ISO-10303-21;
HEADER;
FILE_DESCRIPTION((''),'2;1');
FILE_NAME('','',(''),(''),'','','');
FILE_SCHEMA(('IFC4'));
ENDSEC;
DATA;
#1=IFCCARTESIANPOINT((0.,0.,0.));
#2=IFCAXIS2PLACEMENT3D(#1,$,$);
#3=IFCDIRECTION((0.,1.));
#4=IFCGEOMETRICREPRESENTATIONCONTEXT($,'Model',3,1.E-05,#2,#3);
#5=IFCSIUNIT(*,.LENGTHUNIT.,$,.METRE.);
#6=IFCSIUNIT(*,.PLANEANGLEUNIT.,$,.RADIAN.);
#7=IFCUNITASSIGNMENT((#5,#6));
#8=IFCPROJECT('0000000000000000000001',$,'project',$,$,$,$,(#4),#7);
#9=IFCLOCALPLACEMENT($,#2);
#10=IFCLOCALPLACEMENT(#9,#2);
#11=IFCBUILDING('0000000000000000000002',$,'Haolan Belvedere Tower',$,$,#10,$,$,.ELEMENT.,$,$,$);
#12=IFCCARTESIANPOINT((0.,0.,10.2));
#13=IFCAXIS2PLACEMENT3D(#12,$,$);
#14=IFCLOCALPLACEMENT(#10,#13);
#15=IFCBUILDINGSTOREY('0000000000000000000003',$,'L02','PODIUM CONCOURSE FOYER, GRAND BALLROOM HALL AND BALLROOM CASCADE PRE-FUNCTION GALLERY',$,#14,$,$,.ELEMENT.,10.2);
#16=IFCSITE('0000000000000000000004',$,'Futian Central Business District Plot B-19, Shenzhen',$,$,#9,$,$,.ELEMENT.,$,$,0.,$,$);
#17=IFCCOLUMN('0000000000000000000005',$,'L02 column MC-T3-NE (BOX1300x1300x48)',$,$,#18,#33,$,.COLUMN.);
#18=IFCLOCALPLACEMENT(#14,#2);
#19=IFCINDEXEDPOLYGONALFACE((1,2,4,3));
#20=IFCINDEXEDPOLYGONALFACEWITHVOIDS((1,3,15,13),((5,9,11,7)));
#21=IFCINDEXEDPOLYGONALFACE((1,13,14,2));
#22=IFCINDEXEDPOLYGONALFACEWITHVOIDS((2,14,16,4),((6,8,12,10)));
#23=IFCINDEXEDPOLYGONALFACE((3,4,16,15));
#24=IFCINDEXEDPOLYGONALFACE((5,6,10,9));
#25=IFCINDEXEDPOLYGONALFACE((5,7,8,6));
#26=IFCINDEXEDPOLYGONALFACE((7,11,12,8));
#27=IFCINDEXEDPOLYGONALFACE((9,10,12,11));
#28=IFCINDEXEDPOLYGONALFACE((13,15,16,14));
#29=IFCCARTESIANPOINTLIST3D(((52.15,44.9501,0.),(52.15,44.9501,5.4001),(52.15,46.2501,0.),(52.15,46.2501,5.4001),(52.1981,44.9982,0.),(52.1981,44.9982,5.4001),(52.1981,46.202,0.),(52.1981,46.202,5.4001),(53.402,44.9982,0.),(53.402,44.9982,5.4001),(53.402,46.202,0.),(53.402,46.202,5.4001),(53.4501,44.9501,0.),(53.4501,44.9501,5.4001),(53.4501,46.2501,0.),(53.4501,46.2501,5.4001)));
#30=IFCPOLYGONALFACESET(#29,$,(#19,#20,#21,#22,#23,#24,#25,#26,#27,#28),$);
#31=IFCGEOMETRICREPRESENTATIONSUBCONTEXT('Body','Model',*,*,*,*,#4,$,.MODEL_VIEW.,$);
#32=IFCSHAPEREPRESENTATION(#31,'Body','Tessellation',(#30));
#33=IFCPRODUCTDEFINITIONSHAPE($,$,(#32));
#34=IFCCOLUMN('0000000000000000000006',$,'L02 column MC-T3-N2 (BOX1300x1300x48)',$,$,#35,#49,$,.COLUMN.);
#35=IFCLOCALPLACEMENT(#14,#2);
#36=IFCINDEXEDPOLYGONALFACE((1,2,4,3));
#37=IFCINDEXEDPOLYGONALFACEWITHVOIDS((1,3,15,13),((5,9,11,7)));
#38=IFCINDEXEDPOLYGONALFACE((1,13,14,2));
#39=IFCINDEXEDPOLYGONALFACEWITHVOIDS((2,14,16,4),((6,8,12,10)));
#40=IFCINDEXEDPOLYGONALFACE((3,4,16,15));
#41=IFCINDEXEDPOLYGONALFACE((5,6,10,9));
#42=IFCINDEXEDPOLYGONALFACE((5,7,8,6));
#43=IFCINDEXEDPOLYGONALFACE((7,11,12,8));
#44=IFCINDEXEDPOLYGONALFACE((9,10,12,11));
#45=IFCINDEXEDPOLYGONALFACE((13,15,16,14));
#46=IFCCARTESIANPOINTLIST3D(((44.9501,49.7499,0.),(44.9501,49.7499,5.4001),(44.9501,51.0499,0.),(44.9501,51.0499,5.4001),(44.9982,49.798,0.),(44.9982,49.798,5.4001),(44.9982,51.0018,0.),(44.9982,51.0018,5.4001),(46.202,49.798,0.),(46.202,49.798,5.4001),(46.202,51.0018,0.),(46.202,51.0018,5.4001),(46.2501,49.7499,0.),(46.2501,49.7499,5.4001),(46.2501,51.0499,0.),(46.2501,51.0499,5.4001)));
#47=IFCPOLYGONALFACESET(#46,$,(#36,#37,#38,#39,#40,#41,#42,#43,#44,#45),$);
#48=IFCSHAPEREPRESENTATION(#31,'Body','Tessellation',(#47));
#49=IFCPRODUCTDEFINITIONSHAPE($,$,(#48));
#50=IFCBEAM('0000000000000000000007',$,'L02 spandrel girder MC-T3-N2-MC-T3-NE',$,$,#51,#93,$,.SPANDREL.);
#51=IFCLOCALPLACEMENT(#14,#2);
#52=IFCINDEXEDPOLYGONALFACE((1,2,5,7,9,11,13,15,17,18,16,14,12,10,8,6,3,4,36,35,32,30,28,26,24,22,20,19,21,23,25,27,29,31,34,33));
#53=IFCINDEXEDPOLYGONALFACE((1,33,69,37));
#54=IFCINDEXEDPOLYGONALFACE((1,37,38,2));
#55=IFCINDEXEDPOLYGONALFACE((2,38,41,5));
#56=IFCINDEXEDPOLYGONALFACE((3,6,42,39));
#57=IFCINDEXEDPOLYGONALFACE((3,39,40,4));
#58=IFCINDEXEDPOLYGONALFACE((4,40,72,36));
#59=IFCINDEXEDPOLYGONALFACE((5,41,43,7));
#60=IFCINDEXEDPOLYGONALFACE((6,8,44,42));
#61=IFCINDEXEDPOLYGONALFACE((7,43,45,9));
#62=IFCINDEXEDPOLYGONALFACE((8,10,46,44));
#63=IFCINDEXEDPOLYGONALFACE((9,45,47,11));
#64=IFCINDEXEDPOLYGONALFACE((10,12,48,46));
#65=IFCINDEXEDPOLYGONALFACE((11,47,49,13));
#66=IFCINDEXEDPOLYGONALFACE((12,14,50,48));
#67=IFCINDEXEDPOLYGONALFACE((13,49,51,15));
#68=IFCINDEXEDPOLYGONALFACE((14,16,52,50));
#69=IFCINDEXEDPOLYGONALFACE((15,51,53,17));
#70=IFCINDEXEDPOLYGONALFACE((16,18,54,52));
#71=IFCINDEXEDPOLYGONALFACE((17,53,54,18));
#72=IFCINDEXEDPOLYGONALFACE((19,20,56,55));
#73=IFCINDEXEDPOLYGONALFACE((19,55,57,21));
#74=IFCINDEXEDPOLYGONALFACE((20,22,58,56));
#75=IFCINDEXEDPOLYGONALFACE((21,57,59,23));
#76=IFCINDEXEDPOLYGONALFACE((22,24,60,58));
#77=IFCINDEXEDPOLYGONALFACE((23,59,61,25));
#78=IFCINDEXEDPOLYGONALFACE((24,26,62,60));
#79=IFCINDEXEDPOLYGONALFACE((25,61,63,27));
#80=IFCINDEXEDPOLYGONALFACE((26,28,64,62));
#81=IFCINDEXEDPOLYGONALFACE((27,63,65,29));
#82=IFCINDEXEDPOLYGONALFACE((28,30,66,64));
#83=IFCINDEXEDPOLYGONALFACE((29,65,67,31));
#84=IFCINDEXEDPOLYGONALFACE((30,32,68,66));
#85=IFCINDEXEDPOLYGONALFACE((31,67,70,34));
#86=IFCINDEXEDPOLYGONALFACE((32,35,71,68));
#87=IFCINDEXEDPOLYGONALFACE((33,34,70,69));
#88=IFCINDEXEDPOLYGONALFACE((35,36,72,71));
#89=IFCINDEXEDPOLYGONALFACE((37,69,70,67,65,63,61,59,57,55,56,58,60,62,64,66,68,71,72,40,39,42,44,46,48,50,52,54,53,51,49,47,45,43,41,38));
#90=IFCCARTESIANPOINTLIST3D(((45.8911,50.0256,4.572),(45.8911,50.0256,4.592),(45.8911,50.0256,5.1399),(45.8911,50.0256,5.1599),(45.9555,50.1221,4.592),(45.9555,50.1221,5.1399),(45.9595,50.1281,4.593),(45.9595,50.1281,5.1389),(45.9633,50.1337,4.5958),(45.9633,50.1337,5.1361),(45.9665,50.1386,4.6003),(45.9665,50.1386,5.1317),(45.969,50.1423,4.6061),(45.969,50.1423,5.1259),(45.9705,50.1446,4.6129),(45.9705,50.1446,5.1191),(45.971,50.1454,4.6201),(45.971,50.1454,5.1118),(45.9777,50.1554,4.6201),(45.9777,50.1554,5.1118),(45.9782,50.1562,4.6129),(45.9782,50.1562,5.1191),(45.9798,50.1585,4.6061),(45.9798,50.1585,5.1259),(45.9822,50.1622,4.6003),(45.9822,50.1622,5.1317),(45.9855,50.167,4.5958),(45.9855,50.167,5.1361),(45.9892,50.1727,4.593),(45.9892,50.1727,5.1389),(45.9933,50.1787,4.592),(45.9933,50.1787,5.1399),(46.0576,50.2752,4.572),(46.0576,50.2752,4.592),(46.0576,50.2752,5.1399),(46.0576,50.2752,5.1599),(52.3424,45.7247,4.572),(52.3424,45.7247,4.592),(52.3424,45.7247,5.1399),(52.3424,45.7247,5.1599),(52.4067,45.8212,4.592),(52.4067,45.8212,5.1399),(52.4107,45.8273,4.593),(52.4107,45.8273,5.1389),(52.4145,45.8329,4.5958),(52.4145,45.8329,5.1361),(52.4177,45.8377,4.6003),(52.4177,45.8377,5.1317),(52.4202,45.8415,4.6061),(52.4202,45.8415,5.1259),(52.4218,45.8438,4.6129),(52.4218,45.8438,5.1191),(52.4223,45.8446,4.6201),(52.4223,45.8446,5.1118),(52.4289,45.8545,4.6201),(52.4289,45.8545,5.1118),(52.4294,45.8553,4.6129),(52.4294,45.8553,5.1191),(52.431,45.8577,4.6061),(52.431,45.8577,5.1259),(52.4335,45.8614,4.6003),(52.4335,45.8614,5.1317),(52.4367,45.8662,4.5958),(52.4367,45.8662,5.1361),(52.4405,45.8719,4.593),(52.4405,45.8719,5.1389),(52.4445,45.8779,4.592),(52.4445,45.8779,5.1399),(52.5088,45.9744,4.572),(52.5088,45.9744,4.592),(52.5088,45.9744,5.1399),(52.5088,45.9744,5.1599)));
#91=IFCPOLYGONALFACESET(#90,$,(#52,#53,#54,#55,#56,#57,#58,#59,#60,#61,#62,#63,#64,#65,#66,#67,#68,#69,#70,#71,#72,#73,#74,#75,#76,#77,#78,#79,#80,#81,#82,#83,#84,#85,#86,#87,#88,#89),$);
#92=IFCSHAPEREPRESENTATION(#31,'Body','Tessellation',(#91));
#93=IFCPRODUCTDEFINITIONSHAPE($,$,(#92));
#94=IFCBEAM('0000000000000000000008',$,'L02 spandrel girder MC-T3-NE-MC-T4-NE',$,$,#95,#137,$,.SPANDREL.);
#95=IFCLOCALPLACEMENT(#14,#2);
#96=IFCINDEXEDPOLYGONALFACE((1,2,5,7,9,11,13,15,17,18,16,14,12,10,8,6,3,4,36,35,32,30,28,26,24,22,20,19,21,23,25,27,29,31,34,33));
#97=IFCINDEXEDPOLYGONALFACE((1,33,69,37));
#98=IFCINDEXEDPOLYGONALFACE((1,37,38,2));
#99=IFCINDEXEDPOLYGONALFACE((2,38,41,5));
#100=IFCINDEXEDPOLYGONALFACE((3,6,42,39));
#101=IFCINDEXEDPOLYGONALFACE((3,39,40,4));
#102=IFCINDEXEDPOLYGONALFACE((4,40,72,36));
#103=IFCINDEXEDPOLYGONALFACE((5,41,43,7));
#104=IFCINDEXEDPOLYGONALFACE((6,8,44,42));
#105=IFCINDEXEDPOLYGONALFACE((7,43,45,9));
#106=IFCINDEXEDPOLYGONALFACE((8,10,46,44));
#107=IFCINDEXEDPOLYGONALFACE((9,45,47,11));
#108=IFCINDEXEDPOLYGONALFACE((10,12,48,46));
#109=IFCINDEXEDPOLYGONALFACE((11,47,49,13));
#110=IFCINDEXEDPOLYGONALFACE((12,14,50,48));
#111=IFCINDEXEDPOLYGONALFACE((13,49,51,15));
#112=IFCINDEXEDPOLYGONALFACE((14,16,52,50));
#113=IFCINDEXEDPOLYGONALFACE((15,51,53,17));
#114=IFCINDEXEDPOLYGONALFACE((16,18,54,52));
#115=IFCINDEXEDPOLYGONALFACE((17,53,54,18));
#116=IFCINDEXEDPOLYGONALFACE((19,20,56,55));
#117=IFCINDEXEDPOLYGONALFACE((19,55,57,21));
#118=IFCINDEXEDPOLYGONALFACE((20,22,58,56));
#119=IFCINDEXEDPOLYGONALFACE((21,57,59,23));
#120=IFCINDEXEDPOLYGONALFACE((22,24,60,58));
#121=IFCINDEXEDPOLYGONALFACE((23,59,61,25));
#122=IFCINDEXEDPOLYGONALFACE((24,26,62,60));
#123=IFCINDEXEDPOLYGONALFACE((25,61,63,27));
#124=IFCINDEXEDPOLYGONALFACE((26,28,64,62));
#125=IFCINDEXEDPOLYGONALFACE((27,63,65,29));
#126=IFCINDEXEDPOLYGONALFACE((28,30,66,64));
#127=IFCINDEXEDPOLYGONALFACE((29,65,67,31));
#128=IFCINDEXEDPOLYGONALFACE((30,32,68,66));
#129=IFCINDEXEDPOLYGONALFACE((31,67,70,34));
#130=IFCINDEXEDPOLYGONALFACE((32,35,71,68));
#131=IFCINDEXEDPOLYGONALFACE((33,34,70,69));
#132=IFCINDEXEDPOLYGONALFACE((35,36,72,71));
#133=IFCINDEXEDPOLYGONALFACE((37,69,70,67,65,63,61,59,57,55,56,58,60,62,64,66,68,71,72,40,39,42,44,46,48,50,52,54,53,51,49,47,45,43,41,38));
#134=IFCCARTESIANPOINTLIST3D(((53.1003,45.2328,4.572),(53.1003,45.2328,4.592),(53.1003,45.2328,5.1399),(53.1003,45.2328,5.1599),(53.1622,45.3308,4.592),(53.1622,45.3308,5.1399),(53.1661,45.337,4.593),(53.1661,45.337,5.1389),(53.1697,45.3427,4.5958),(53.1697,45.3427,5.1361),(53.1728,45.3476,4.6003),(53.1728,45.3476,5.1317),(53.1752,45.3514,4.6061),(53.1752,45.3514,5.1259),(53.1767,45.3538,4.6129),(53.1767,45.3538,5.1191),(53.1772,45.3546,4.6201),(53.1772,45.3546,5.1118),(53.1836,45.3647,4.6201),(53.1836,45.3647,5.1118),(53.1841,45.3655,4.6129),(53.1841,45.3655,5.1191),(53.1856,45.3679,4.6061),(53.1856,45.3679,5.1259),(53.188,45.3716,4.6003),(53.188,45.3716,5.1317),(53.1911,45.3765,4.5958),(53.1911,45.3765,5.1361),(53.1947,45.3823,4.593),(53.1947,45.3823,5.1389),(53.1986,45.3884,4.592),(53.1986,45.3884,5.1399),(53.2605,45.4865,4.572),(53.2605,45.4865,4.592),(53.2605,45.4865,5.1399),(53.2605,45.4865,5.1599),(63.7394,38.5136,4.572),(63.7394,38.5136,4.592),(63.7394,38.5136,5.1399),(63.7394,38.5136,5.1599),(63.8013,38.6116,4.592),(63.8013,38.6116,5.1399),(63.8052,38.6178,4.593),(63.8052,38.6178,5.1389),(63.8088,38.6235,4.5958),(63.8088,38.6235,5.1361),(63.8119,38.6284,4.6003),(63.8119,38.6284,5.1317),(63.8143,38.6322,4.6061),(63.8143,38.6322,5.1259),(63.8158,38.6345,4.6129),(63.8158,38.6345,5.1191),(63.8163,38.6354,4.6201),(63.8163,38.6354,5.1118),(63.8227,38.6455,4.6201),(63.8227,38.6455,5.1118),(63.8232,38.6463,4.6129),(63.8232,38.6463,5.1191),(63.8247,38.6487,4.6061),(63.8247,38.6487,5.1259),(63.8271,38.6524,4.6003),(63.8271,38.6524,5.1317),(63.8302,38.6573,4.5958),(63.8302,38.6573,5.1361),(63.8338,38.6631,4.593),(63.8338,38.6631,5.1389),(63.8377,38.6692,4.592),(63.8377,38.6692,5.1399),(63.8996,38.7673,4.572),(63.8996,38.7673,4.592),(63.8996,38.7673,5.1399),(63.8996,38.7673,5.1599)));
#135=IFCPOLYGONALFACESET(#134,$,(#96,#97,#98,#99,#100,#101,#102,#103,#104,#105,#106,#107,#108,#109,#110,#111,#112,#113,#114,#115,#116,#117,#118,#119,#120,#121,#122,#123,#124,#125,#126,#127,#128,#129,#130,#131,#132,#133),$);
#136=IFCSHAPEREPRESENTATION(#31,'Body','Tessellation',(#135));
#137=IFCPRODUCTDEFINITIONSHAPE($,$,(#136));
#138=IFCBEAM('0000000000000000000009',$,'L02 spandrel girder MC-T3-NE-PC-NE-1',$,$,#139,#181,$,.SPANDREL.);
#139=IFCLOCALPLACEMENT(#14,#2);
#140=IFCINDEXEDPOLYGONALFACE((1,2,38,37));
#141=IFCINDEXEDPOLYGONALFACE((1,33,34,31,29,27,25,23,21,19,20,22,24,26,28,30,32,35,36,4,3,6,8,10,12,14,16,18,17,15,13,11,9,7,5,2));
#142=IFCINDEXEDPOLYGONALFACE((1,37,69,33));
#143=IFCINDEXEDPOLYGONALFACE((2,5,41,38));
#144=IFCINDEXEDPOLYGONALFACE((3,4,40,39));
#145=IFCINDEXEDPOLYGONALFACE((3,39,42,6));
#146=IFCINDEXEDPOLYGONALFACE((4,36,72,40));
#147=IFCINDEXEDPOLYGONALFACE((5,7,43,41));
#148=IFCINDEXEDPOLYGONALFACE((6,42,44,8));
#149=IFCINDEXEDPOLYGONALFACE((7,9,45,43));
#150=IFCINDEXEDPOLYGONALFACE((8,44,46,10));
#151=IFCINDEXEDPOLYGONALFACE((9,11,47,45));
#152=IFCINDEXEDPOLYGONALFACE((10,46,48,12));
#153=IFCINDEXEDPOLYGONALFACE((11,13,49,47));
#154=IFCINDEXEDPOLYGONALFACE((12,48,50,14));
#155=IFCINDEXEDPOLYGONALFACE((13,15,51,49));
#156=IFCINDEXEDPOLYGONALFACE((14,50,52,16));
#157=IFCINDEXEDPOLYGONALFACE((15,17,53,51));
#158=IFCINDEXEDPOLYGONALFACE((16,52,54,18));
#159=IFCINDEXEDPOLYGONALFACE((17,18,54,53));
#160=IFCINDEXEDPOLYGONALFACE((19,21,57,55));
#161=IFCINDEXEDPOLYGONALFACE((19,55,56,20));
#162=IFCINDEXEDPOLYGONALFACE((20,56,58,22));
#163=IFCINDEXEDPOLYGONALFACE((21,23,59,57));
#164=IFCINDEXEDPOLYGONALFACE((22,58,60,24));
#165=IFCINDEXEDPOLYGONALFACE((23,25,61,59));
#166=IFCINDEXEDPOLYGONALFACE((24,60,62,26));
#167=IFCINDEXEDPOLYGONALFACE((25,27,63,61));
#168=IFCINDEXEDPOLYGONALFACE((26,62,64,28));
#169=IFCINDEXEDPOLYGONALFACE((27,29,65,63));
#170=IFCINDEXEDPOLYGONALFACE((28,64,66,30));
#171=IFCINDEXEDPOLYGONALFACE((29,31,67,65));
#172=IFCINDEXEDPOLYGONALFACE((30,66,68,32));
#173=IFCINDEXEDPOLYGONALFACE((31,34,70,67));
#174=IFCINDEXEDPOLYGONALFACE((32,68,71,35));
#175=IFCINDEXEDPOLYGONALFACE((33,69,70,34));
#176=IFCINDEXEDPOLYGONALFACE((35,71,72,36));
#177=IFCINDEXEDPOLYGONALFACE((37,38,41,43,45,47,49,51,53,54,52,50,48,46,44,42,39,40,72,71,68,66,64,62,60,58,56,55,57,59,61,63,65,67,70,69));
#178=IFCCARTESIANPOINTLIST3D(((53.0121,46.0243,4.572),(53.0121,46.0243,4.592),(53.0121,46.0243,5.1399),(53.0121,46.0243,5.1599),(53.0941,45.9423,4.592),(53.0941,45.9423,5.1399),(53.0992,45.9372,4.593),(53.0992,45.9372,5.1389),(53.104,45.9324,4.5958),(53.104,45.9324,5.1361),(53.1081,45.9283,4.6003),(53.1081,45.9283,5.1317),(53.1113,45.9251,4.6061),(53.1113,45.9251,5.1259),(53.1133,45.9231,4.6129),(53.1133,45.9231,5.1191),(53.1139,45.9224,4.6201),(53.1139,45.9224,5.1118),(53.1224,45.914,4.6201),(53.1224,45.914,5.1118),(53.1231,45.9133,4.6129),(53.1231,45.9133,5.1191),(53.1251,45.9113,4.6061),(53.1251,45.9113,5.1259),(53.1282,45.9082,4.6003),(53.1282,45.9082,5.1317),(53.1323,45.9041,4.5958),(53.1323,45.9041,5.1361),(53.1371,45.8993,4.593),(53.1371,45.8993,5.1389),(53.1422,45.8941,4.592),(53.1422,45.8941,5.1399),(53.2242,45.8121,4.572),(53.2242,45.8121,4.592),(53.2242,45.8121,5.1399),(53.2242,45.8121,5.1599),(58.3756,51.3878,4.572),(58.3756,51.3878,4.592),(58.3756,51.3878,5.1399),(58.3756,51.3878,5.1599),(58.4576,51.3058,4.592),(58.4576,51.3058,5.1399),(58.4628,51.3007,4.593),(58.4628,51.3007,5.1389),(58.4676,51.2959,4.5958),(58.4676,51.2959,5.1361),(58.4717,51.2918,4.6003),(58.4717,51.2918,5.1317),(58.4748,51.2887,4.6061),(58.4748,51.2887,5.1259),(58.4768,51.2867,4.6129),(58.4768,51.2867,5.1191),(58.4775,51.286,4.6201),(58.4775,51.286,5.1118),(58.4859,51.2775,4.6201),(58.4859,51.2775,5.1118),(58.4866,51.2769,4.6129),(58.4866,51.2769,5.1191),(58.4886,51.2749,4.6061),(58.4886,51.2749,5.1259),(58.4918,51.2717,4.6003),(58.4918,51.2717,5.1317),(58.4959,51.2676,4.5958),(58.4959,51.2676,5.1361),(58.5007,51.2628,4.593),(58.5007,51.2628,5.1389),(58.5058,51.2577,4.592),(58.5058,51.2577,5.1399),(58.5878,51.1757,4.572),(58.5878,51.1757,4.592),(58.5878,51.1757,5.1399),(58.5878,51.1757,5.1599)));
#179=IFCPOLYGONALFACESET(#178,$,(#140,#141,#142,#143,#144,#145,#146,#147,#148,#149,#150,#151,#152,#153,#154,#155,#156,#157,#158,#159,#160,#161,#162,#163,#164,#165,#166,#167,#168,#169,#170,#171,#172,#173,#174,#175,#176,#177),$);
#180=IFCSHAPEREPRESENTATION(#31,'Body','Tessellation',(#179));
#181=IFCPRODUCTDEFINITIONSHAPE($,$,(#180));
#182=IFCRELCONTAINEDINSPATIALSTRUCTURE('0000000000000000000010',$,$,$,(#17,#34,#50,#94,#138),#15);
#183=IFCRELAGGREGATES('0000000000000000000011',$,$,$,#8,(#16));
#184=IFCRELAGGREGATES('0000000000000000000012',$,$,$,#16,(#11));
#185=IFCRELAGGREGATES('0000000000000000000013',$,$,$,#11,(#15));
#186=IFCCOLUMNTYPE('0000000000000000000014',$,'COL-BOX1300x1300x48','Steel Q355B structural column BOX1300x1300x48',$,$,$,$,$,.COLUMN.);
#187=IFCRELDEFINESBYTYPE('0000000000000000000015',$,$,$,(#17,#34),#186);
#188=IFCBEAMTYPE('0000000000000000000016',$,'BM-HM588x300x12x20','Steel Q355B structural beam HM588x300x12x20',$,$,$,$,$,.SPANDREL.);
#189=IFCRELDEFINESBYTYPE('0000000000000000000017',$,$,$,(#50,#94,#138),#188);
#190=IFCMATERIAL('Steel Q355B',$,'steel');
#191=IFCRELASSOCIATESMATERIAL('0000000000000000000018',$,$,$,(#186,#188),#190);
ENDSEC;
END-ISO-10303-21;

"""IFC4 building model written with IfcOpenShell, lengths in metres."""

from ifc_helpers import new_model, si_unit, direction, frame, origin, origin_2d, place, context, subcontext, project, spatial, hollow_rectangle, i_section, extrude, material, material_profile, profile_set, type_object, element, save


model = new_model("IFC4")

# Units and contexts
model_context = context("Model", 3, precision=1e-05, world=origin(), true_north=direction((0.0, 1.0)))
body_context = subcontext(model_context, "Body", "Model", "MODEL_VIEW")
ifc_project = project(units=[si_unit("LENGTHUNIT", "METRE"), si_unit("PLANEANGLEUNIT", "RADIAN")], contexts=[model_context])

# Site, building, storey
site_placement = place(None, origin())
site = spatial("IfcSite", under=ifc_project, at=site_placement, Name="Futian Central Business District Plot B-19, Shenzhen", CompositionType="ELEMENT", RefElevation=0.0)
building_placement = place(site_placement, origin())
building = spatial("IfcBuilding", under=site, at=building_placement, Name="Haolan Belvedere Tower", CompositionType="ELEMENT")
storey_placement = place(building_placement, frame((0.0, 0.0, 10.2)))
storey = spatial("IfcBuildingStorey", under=building, at=storey_placement, Name="L02", Description="PODIUM CONCOURSE FOYER, GRAND BALLROOM HALL AND BALLROOM CASCADE PRE-FUNCTION GALLERY", CompositionType="ELEMENT", Elevation=10.2)

# Columns
ifc_material_1 = material(Name="Steel Q355B", Category="steel")
ifc_material_profile_1 = material_profile(ifc_material_1, hollow_rectangle(XDim=1.3, YDim=1.3, WallThickness=0.0481, at=origin_2d()), Name="Steel Q355B")
ifc_profile_set_1 = profile_set([ifc_material_profile_1], Name="Steel Q355B")
column_type = type_object("IfcColumnType", Name="COL-BOX1300x1300x48", Description="Steel Q355B structural column BOX1300x1300x48", PredefinedType="COLUMN", material=ifc_profile_set_1)
for number, where, z_axis, x_axis, name in (
    (1, (52.8, 45.6001, 0.0), (0.0, 0.0, 1.0), (1.0, 0.0, 0.0), "L02 column MC-T3-NE (BOX1300x1300x48)"),
    (2, (45.6001, 50.3999, 0.0), (0.0, 0.0, 1.0), (1.0, 0.0, 0.0), "L02 column MC-T3-N2 (BOX1300x1300x48)"),
):
    element("IfcColumn", number, at=place(storey_placement, frame(where, z_axis=z_axis, x_axis=x_axis)), inside=storey, type_object=column_type, Name=name, PredefinedType="COLUMN", context=body_context, shape_type="SweptSolid", body=[
        extrude(hollow_rectangle(XDim=1.3, YDim=1.3, WallThickness=0.0481, at=origin_2d()), origin(), (0.0, 0.0, 1.0), 5.4001),
    ])

# Beams
ifc_material_profile_2 = material_profile(ifc_material_1, i_section(OverallWidth=0.3, OverallDepth=0.5879, WebThickness=0.012, FlangeThickness=0.02, FilletRadius=0.0281, at=origin_2d()), Name="Steel Q355B")
ifc_profile_set_2 = profile_set([ifc_material_profile_2], Name="Steel Q355B")
beam_type_1 = type_object("IfcBeamType", Name="BM-HM588x300x12x20", Description="Steel Q355B structural beam HM588x300x12x20", PredefinedType="SPANDREL", material=ifc_profile_set_2)
beam_1_placement = place(storey_placement, frame((45.9744, 50.1504, 4.866), z_axis=(0.83205, -0.5547, 0.0), x_axis=(0.5547, 0.83205, 0.0)))
element("IfcBeam", 3, at=beam_1_placement, inside=storey, type_object=beam_type_1, Name="L02 spandrel girder MC-T3-N2-MC-T3-NE", PredefinedType="SPANDREL", context=body_context, shape_type="SweptSolid", body=[
    extrude(i_section(OverallWidth=0.3, OverallDepth=0.5879, WebThickness=0.012, FlangeThickness=0.02, FilletRadius=0.0281, at=origin_2d()), origin(), (0.0, 0.0, 1.0), 7.7534),
])
beam_2_placement = place(storey_placement, frame((53.1804, 45.3596, 4.866), z_axis=(0.845497, -0.53398, 0.0), x_axis=(0.53398, 0.845497, 0.0)))
element("IfcBeam", 4, at=beam_2_placement, inside=storey, type_object=beam_type_1, Name="L02 spandrel girder MC-T3-NE-MC-T4-NE", PredefinedType="SPANDREL", context=body_context, shape_type="SweptSolid", body=[
    extrude(i_section(OverallWidth=0.3, OverallDepth=0.5879, WebThickness=0.012, FlangeThickness=0.02, FilletRadius=0.0281, at=origin_2d()), origin(), (0.0, 0.0, 1.0), 12.5833),
])
beam_3_placement = place(storey_placement, frame((53.1182, 45.9182, 4.866), z_axis=(0.707107, 0.707107, 0.0), x_axis=(-0.707107, 0.707107, 0.0)))
element("IfcBeam", 5, at=beam_3_placement, inside=storey, type_object=beam_type_1, Name="L02 spandrel girder MC-T3-NE-PC-NE-1", PredefinedType="SPANDREL", context=body_context, shape_type="SweptSolid", body=[
    extrude(i_section(OverallWidth=0.3, OverallDepth=0.5879, WebThickness=0.012, FlangeThickness=0.02, FilletRadius=0.0281, at=origin_2d()), origin(), (0.0, 0.0, 1.0), 7.5852),
])

save(model, "model.ifc")
